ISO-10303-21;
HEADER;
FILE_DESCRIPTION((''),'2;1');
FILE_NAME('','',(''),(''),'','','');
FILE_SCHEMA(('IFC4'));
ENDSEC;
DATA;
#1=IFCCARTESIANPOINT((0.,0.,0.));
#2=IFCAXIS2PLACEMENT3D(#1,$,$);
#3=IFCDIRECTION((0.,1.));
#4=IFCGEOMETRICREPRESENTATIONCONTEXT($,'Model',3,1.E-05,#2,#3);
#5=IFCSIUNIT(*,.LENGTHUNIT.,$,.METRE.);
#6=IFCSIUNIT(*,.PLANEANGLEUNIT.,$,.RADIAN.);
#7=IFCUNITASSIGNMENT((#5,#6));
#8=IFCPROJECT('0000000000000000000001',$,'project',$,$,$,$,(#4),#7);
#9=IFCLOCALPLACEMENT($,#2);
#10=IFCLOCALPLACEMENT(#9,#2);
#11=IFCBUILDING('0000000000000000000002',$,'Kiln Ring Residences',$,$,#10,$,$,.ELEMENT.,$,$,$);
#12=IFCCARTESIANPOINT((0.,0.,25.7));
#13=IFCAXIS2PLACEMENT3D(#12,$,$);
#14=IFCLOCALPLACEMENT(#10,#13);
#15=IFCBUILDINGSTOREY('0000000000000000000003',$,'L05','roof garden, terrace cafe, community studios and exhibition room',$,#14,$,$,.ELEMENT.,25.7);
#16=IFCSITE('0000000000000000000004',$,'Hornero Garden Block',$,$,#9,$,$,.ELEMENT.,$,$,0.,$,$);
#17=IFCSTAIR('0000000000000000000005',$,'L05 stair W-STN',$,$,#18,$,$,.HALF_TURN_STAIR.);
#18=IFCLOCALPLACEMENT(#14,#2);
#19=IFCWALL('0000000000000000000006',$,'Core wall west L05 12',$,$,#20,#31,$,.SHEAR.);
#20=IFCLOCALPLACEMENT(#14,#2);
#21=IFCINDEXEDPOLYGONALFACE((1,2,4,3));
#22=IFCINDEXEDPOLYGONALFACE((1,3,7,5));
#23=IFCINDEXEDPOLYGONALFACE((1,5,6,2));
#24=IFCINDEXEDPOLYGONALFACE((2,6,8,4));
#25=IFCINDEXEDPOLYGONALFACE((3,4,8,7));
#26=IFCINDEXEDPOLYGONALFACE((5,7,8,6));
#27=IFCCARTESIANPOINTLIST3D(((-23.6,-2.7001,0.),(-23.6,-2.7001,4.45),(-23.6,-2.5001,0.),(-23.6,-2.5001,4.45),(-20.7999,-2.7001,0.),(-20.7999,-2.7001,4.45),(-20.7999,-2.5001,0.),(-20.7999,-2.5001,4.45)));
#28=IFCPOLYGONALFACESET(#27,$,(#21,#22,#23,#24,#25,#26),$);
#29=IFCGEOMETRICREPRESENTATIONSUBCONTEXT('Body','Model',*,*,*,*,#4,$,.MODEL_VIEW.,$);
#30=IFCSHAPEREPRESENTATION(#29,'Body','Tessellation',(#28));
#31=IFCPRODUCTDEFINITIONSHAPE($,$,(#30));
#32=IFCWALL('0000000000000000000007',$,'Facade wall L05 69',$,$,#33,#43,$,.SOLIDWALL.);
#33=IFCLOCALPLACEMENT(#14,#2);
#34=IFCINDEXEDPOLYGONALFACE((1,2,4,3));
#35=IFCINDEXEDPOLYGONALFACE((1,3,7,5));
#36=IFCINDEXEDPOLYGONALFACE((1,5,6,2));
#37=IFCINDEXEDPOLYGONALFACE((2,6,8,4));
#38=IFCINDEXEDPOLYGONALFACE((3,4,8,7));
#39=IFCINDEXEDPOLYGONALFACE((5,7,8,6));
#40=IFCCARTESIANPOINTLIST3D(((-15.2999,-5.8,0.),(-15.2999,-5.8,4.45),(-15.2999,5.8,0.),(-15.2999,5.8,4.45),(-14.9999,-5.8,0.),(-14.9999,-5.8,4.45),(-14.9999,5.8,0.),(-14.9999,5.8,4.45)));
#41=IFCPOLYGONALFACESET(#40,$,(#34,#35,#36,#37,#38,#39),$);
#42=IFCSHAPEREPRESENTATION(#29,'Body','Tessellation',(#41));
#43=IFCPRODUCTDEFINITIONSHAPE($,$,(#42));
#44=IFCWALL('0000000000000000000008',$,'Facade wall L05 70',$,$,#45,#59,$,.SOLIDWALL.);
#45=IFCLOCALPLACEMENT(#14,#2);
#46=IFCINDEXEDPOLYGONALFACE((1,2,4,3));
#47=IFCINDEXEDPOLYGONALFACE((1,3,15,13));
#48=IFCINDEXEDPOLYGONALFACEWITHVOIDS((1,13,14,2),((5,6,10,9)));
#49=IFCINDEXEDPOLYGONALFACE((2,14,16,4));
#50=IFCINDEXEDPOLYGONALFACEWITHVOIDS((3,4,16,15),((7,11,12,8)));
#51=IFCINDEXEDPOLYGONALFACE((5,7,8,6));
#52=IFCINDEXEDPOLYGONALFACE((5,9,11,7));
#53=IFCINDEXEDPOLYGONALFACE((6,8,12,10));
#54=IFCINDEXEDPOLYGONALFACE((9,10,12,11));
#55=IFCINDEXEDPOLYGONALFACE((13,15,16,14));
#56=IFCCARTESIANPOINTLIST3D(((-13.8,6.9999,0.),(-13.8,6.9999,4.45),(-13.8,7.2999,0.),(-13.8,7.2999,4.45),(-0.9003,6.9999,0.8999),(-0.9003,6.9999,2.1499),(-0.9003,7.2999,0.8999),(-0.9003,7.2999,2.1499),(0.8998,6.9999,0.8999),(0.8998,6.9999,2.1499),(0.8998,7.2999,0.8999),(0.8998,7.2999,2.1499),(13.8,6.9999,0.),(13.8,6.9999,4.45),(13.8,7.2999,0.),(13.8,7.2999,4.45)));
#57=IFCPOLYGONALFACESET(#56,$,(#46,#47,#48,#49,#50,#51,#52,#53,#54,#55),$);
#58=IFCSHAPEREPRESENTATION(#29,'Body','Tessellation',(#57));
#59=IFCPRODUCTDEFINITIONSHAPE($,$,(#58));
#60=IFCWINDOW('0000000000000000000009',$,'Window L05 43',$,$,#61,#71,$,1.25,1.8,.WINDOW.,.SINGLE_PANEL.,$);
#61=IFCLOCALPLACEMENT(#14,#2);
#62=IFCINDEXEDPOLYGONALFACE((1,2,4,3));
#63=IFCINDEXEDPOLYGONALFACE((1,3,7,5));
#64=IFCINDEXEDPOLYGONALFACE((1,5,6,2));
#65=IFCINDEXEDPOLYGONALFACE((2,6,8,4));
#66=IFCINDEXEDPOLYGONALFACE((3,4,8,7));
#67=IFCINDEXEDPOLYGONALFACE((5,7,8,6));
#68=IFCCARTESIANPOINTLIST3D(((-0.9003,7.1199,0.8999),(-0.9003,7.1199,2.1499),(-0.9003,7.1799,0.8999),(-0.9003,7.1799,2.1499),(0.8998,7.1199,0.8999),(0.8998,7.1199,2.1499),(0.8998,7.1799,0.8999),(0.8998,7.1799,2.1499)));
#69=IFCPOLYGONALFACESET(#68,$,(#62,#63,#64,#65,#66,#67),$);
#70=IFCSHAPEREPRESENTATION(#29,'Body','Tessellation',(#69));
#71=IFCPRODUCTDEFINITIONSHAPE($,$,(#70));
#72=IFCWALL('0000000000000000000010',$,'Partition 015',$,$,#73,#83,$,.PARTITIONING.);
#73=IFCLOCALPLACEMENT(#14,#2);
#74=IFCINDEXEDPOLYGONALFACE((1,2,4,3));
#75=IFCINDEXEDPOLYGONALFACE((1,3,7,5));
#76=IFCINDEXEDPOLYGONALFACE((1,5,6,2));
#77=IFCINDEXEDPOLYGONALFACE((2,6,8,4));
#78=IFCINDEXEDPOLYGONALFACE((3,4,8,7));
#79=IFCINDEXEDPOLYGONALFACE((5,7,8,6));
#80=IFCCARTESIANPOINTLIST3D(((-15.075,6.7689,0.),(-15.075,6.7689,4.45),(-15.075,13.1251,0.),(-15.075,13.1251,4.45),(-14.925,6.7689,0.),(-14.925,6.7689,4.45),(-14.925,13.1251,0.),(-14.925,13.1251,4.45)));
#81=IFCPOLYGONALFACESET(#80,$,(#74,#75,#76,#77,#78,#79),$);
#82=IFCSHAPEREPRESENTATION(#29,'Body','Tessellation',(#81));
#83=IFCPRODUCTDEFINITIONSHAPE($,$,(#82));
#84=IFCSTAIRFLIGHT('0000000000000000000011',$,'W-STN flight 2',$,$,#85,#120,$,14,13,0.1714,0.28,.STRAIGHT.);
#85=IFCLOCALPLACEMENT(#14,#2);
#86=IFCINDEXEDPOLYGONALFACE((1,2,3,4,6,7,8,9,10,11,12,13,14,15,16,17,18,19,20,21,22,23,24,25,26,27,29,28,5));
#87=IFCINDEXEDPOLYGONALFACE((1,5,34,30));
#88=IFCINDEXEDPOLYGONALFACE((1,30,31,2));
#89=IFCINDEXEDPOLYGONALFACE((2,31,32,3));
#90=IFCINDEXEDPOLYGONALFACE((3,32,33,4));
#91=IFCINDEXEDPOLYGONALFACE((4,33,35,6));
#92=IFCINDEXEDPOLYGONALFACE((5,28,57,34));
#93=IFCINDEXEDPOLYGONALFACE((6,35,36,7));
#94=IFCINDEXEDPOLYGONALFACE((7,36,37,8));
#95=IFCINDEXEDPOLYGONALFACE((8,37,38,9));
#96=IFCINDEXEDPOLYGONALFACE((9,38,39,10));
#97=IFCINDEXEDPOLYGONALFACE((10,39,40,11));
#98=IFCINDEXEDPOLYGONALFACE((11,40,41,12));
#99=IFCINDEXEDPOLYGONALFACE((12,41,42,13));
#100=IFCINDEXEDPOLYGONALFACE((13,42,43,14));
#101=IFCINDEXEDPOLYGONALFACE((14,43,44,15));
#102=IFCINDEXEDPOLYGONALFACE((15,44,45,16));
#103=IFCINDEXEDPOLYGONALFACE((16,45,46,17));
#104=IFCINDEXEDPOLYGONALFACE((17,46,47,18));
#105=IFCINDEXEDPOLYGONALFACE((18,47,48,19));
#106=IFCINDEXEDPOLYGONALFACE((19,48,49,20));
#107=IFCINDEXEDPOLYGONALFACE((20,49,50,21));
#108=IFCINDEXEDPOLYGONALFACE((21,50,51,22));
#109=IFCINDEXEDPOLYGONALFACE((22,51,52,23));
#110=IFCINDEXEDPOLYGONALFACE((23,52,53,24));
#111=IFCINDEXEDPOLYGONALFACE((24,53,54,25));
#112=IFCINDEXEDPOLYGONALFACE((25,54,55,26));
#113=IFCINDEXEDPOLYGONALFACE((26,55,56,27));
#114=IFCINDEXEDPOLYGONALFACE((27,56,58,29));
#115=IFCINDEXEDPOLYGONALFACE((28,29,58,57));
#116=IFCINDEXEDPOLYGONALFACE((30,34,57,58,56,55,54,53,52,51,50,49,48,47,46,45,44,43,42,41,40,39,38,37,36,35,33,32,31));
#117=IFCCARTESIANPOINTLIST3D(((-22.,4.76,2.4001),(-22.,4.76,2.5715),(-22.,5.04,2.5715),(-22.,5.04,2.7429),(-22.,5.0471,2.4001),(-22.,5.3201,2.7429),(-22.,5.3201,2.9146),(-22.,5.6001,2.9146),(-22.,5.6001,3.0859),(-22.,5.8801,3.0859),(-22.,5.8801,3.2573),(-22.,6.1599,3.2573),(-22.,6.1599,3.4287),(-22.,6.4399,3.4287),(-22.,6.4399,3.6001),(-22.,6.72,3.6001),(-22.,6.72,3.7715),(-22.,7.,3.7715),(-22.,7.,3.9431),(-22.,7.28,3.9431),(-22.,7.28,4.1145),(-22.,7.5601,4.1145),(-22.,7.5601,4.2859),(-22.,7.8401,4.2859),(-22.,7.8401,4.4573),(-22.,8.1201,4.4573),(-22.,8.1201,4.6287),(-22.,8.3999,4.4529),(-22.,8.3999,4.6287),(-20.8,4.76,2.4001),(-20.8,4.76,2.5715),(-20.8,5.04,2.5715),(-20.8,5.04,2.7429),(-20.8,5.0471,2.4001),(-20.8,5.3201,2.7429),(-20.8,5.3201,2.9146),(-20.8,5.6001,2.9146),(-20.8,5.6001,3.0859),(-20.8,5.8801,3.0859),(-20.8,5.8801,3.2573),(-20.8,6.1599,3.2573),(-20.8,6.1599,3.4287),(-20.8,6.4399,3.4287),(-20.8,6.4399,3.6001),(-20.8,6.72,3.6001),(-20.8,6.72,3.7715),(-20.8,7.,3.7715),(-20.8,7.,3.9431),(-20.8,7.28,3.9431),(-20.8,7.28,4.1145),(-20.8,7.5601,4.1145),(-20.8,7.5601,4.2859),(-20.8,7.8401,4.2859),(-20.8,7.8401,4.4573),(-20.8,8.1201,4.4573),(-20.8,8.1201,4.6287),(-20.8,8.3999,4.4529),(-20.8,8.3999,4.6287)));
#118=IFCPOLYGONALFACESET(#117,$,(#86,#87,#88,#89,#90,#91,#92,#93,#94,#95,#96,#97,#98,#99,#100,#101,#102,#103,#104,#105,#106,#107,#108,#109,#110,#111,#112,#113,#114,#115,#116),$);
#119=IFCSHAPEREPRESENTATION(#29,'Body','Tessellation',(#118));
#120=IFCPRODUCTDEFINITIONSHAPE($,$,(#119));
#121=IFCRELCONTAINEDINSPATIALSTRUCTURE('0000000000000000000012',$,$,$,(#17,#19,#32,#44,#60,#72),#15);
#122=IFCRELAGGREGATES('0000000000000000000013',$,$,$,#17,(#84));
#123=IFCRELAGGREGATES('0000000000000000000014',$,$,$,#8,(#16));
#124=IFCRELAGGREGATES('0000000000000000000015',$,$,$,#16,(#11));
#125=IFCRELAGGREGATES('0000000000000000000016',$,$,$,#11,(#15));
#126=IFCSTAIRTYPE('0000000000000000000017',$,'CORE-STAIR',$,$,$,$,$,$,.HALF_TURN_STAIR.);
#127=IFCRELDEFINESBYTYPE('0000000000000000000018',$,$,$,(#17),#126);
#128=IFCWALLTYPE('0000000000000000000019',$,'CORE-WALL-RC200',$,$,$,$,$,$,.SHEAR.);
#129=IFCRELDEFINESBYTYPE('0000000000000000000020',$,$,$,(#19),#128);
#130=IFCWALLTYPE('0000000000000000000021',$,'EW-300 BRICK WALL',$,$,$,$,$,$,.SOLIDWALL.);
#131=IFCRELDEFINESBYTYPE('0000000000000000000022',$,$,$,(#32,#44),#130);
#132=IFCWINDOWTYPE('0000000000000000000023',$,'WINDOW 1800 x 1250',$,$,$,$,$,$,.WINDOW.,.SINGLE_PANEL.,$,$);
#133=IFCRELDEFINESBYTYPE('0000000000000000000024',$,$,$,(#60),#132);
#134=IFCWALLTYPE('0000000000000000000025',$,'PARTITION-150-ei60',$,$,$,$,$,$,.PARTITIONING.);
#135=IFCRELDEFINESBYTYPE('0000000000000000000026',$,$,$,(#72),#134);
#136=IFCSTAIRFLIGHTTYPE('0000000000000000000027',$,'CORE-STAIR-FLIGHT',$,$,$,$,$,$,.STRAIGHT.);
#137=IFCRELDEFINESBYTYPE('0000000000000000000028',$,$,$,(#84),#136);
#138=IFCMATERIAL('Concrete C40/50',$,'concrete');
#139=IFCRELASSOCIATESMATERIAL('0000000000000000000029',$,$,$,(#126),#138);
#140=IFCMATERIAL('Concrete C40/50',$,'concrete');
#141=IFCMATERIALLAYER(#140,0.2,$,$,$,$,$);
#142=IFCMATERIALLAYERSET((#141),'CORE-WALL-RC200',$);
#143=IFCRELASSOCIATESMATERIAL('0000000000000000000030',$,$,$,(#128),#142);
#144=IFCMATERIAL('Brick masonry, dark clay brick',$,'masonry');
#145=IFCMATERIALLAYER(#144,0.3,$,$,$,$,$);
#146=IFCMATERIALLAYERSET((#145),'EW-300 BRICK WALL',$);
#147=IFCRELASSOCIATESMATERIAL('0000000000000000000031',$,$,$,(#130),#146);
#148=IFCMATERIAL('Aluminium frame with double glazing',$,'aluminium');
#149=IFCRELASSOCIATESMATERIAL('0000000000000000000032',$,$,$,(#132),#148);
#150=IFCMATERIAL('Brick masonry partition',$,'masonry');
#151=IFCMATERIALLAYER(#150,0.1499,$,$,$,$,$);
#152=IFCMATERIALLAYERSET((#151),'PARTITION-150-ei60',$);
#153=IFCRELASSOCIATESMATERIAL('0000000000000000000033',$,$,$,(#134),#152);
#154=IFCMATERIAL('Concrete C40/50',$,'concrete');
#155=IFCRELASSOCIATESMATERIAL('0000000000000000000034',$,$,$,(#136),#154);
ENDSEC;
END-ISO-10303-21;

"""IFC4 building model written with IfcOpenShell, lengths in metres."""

from ifc_helpers import new_model, si_unit, direction, frame, frame_2d, origin, place, context, subcontext, project, spatial, polyline, rectangle, outline, extrude, material, layer, layer_set, type_object, element, fill, aggregate, save


model = new_model("IFC4")

# Units and contexts
model_context = context("Model", 3, precision=1e-05, world=origin(), true_north=direction((0.0, 1.0)))
body_context = subcontext(model_context, "Body", "Model", "MODEL_VIEW")
ifc_project = project(units=[si_unit("LENGTHUNIT", "METRE"), si_unit("PLANEANGLEUNIT", "RADIAN")], contexts=[model_context])

# Site, building, storey
site_placement = place(None, origin())
site = spatial("IfcSite", under=ifc_project, at=site_placement, Name="Hornero Garden Block", CompositionType="ELEMENT", RefElevation=0.0)
building_placement = place(site_placement, origin())
building = spatial("IfcBuilding", under=site, at=building_placement, Name="Kiln Ring Residences", CompositionType="ELEMENT")
storey_placement = place(building_placement, frame((0.0, 0.0, 25.7)))
storey = spatial("IfcBuildingStorey", under=building, at=storey_placement, Name="L05", Description="roof garden, terrace cafe, community studios and exhibition room", CompositionType="ELEMENT", Elevation=25.7)

# Stair
ifc_material_1 = material(Name="Concrete C40/50", Category="concrete")
stair_type = type_object("IfcStairType", Name="CORE-STAIR", PredefinedType="HALF_TURN_STAIR", material=ifc_material_1)
placement_1 = place(storey_placement, origin())
stair_1 = element("IfcStair", 1, at=placement_1, inside=storey, type_object=stair_type, Name="L05 stair W-STN", PredefinedType="HALF_TURN_STAIR")

# Shared definitions
ifc_material_2 = material(Name="Concrete C40/50", Category="concrete")
ifc_layer_1 = layer(ifc_material_2, 0.2)
ifc_layer_set_1 = layer_set([ifc_layer_1], Name="CORE-WALL-RC200")
wall_type_1 = type_object("IfcWallType", Name="CORE-WALL-RC200", PredefinedType="SHEAR", material=ifc_layer_set_1)

# Walls
wall_1_placement = place(storey_placement, frame((-20.8, -2.6001, 0.0), z_axis=(0.0, 0.0, 1.0), x_axis=(-1.0, 0.0, 0.0)))
element("IfcWall", 2, at=wall_1_placement, inside=storey, type_object=wall_type_1, Name="Core wall west L05 12", PredefinedType="SHEAR", context=body_context, shape_type="SweptSolid", body=[
    extrude(rectangle(XDim=2.8, YDim=0.2, at=frame_2d((1.3999, 0.0))), origin(), (0.0, 0.0, 1.0), 4.45),
])
ifc_material_3 = material(Name="Brick masonry, dark clay brick", Category="masonry")
ifc_layer_2 = layer(ifc_material_3, 0.3)
ifc_layer_set_2 = layer_set([ifc_layer_2], Name="EW-300 BRICK WALL")
wall_type_2 = type_object("IfcWallType", Name="EW-300 BRICK WALL", PredefinedType="SOLIDWALL", material=ifc_layer_set_2)
wall_2_placement = place(storey_placement, frame((-15.1499, -5.8, 0.0), z_axis=(0.0, 0.0, 1.0), x_axis=(0.0, 1.0, 0.0)))
element("IfcWall", 3, at=wall_2_placement, inside=storey, type_object=wall_type_2, Name="Facade wall L05 69", PredefinedType="SOLIDWALL", context=body_context, shape_type="SweptSolid", body=[
    extrude(rectangle(XDim=11.6001, YDim=0.3, at=frame_2d((5.8, 0.0))), origin(), (0.0, 0.0, 1.0), 4.45),
])

# Wall, opening, window
wall_3_placement = place(storey_placement, frame((-13.8, 7.1499, 0.0), z_axis=(0.0, 0.0, 1.0), x_axis=(1.0, 0.0, 0.0)))
wall_3 = element("IfcWall", 4, at=wall_3_placement, inside=storey, type_object=wall_type_2, Name="Facade wall L05 70", PredefinedType="SOLIDWALL", context=body_context, shape_type="SweptSolid", body=[
    extrude(rectangle(XDim=27.6001, YDim=0.3, at=frame_2d((13.8, 0.0))), origin(), (0.0, 0.0, 1.0), 4.45),
])
opening_1_placement = place(wall_3_placement, frame((12.8999, 0.0, 0.8999)))
opening_1 = element("IfcOpeningElement", 5, at=opening_1_placement, cuts=wall_3, PredefinedType="OPENING", context=body_context, shape_type="SweptSolid", body=[
    extrude(rectangle(XDim=1.8, YDim=1.25, at=frame_2d((0.8999, 0.625))), frame((0.0, 0.1599, 0.0), z_axis=(0.0, -1.0, 0.0), x_axis=(1.0, 0.0, 0.0)), (0.0, 0.0, 1.0), 0.3201),
])
ifc_material_4 = material(Name="Aluminium frame with double glazing", Category="aluminium")
window_type = type_object("IfcWindowType", Name="WINDOW 1800 x 1250", PartitioningType="SINGLE_PANEL", PredefinedType="WINDOW", material=ifc_material_4)
window_placement = place(opening_1_placement, origin())
window = element("IfcWindow", 6, at=window_placement, inside=storey, type_object=window_type, Name="Window L05 43", OverallHeight=1.25, OverallWidth=1.8, PartitioningType="SINGLE_PANEL", PredefinedType="WINDOW", context=body_context, shape_type="SweptSolid", body=[
    extrude(rectangle(XDim=1.8, YDim=1.25, at=frame_2d((0.8999, 0.625))), frame((0.0, 0.03, 0.0), z_axis=(0.0, -1.0, 0.0), x_axis=(1.0, 0.0, 0.0)), (0.0, 0.0, 1.0), 0.0601),
])
fill(opening_1, window)

# Wall
ifc_material_5 = material(Name="Brick masonry partition", Category="masonry")
ifc_layer_3 = layer(ifc_material_5, 0.1499)
ifc_layer_set_3 = layer_set([ifc_layer_3], Name="PARTITION-150-ei60")
wall_type_3 = type_object("IfcWallType", Name="PARTITION-150-ei60", PredefinedType="PARTITIONING", material=ifc_layer_set_3)
wall_4_placement = place(storey_placement, frame((-15.0, 6.7688, 0.0), z_axis=(0.0, 0.0, 1.0), x_axis=(0.0, 1.0, 0.0)))
element("IfcWall", 7, at=wall_4_placement, inside=storey, type_object=wall_type_3, Name="Partition 015", PredefinedType="PARTITIONING", context=body_context, shape_type="SweptSolid", body=[
    extrude(rectangle(XDim=6.3562, YDim=0.1499, at=frame_2d((3.1782, 0.0))), origin(), (0.0, 0.0, 1.0), 4.45),
])

# Stair flight
ifc_material_6 = material(Name="Concrete C40/50", Category="concrete")
stair_flight_type = type_object("IfcStairFlightType", Name="CORE-STAIR-FLIGHT", PredefinedType="STRAIGHT", material=ifc_material_6)
stair_flight_placement = place(storey_placement, frame((-21.3999, 4.76, 2.4001), z_axis=(0.0, 0.0, 1.0), x_axis=(0.0, 1.0, 0.0)))
stair_flight = element("IfcStairFlight", 8, at=stair_flight_placement, type_object=stair_flight_type, Name="W-STN flight 2", NumberOfRisers=14, NumberOfTreads=13, PredefinedType="STRAIGHT", RiserHeight=0.1714, TreadLength=0.28, context=body_context, shape_type="SweptSolid", body=[
    extrude(outline(polyline([(0.0, 0.0), (0.0, 0.1714), (0.28, 0.1714), (0.28, 0.3428), (0.5601, 0.3428), (0.5601, 0.5144), (0.8401, 0.5144), (0.8401, 0.6858), (1.1201, 0.6858), (1.1201, 0.8572), (1.3999, 0.8572), (1.3999, 1.0286), (1.6799, 1.0286), (1.6799, 1.2), (1.96, 1.2), (1.96, 1.3713), (2.24, 1.3713), (2.24, 1.543), (2.52, 1.543), (2.52, 1.7144), (2.8, 1.7144), (2.8, 1.8857), (3.0801, 1.8857), (3.0801, 2.0571), (3.3601, 2.0571), (3.3601, 2.2285), (3.6399, 2.2285), (3.6399, 2.3999), (3.6399, 2.0527), (0.2871, 0.0), (0.0, 0.0)])), frame((0.0, 0.6001, 0.0), z_axis=(0.0, -1.0, 0.0), x_axis=(1.0, 0.0, 0.0)), (0.0, 0.0, 1.0), 1.2),
])
aggregate(stair_1, [stair_flight])

save(model, "model.ifc")
